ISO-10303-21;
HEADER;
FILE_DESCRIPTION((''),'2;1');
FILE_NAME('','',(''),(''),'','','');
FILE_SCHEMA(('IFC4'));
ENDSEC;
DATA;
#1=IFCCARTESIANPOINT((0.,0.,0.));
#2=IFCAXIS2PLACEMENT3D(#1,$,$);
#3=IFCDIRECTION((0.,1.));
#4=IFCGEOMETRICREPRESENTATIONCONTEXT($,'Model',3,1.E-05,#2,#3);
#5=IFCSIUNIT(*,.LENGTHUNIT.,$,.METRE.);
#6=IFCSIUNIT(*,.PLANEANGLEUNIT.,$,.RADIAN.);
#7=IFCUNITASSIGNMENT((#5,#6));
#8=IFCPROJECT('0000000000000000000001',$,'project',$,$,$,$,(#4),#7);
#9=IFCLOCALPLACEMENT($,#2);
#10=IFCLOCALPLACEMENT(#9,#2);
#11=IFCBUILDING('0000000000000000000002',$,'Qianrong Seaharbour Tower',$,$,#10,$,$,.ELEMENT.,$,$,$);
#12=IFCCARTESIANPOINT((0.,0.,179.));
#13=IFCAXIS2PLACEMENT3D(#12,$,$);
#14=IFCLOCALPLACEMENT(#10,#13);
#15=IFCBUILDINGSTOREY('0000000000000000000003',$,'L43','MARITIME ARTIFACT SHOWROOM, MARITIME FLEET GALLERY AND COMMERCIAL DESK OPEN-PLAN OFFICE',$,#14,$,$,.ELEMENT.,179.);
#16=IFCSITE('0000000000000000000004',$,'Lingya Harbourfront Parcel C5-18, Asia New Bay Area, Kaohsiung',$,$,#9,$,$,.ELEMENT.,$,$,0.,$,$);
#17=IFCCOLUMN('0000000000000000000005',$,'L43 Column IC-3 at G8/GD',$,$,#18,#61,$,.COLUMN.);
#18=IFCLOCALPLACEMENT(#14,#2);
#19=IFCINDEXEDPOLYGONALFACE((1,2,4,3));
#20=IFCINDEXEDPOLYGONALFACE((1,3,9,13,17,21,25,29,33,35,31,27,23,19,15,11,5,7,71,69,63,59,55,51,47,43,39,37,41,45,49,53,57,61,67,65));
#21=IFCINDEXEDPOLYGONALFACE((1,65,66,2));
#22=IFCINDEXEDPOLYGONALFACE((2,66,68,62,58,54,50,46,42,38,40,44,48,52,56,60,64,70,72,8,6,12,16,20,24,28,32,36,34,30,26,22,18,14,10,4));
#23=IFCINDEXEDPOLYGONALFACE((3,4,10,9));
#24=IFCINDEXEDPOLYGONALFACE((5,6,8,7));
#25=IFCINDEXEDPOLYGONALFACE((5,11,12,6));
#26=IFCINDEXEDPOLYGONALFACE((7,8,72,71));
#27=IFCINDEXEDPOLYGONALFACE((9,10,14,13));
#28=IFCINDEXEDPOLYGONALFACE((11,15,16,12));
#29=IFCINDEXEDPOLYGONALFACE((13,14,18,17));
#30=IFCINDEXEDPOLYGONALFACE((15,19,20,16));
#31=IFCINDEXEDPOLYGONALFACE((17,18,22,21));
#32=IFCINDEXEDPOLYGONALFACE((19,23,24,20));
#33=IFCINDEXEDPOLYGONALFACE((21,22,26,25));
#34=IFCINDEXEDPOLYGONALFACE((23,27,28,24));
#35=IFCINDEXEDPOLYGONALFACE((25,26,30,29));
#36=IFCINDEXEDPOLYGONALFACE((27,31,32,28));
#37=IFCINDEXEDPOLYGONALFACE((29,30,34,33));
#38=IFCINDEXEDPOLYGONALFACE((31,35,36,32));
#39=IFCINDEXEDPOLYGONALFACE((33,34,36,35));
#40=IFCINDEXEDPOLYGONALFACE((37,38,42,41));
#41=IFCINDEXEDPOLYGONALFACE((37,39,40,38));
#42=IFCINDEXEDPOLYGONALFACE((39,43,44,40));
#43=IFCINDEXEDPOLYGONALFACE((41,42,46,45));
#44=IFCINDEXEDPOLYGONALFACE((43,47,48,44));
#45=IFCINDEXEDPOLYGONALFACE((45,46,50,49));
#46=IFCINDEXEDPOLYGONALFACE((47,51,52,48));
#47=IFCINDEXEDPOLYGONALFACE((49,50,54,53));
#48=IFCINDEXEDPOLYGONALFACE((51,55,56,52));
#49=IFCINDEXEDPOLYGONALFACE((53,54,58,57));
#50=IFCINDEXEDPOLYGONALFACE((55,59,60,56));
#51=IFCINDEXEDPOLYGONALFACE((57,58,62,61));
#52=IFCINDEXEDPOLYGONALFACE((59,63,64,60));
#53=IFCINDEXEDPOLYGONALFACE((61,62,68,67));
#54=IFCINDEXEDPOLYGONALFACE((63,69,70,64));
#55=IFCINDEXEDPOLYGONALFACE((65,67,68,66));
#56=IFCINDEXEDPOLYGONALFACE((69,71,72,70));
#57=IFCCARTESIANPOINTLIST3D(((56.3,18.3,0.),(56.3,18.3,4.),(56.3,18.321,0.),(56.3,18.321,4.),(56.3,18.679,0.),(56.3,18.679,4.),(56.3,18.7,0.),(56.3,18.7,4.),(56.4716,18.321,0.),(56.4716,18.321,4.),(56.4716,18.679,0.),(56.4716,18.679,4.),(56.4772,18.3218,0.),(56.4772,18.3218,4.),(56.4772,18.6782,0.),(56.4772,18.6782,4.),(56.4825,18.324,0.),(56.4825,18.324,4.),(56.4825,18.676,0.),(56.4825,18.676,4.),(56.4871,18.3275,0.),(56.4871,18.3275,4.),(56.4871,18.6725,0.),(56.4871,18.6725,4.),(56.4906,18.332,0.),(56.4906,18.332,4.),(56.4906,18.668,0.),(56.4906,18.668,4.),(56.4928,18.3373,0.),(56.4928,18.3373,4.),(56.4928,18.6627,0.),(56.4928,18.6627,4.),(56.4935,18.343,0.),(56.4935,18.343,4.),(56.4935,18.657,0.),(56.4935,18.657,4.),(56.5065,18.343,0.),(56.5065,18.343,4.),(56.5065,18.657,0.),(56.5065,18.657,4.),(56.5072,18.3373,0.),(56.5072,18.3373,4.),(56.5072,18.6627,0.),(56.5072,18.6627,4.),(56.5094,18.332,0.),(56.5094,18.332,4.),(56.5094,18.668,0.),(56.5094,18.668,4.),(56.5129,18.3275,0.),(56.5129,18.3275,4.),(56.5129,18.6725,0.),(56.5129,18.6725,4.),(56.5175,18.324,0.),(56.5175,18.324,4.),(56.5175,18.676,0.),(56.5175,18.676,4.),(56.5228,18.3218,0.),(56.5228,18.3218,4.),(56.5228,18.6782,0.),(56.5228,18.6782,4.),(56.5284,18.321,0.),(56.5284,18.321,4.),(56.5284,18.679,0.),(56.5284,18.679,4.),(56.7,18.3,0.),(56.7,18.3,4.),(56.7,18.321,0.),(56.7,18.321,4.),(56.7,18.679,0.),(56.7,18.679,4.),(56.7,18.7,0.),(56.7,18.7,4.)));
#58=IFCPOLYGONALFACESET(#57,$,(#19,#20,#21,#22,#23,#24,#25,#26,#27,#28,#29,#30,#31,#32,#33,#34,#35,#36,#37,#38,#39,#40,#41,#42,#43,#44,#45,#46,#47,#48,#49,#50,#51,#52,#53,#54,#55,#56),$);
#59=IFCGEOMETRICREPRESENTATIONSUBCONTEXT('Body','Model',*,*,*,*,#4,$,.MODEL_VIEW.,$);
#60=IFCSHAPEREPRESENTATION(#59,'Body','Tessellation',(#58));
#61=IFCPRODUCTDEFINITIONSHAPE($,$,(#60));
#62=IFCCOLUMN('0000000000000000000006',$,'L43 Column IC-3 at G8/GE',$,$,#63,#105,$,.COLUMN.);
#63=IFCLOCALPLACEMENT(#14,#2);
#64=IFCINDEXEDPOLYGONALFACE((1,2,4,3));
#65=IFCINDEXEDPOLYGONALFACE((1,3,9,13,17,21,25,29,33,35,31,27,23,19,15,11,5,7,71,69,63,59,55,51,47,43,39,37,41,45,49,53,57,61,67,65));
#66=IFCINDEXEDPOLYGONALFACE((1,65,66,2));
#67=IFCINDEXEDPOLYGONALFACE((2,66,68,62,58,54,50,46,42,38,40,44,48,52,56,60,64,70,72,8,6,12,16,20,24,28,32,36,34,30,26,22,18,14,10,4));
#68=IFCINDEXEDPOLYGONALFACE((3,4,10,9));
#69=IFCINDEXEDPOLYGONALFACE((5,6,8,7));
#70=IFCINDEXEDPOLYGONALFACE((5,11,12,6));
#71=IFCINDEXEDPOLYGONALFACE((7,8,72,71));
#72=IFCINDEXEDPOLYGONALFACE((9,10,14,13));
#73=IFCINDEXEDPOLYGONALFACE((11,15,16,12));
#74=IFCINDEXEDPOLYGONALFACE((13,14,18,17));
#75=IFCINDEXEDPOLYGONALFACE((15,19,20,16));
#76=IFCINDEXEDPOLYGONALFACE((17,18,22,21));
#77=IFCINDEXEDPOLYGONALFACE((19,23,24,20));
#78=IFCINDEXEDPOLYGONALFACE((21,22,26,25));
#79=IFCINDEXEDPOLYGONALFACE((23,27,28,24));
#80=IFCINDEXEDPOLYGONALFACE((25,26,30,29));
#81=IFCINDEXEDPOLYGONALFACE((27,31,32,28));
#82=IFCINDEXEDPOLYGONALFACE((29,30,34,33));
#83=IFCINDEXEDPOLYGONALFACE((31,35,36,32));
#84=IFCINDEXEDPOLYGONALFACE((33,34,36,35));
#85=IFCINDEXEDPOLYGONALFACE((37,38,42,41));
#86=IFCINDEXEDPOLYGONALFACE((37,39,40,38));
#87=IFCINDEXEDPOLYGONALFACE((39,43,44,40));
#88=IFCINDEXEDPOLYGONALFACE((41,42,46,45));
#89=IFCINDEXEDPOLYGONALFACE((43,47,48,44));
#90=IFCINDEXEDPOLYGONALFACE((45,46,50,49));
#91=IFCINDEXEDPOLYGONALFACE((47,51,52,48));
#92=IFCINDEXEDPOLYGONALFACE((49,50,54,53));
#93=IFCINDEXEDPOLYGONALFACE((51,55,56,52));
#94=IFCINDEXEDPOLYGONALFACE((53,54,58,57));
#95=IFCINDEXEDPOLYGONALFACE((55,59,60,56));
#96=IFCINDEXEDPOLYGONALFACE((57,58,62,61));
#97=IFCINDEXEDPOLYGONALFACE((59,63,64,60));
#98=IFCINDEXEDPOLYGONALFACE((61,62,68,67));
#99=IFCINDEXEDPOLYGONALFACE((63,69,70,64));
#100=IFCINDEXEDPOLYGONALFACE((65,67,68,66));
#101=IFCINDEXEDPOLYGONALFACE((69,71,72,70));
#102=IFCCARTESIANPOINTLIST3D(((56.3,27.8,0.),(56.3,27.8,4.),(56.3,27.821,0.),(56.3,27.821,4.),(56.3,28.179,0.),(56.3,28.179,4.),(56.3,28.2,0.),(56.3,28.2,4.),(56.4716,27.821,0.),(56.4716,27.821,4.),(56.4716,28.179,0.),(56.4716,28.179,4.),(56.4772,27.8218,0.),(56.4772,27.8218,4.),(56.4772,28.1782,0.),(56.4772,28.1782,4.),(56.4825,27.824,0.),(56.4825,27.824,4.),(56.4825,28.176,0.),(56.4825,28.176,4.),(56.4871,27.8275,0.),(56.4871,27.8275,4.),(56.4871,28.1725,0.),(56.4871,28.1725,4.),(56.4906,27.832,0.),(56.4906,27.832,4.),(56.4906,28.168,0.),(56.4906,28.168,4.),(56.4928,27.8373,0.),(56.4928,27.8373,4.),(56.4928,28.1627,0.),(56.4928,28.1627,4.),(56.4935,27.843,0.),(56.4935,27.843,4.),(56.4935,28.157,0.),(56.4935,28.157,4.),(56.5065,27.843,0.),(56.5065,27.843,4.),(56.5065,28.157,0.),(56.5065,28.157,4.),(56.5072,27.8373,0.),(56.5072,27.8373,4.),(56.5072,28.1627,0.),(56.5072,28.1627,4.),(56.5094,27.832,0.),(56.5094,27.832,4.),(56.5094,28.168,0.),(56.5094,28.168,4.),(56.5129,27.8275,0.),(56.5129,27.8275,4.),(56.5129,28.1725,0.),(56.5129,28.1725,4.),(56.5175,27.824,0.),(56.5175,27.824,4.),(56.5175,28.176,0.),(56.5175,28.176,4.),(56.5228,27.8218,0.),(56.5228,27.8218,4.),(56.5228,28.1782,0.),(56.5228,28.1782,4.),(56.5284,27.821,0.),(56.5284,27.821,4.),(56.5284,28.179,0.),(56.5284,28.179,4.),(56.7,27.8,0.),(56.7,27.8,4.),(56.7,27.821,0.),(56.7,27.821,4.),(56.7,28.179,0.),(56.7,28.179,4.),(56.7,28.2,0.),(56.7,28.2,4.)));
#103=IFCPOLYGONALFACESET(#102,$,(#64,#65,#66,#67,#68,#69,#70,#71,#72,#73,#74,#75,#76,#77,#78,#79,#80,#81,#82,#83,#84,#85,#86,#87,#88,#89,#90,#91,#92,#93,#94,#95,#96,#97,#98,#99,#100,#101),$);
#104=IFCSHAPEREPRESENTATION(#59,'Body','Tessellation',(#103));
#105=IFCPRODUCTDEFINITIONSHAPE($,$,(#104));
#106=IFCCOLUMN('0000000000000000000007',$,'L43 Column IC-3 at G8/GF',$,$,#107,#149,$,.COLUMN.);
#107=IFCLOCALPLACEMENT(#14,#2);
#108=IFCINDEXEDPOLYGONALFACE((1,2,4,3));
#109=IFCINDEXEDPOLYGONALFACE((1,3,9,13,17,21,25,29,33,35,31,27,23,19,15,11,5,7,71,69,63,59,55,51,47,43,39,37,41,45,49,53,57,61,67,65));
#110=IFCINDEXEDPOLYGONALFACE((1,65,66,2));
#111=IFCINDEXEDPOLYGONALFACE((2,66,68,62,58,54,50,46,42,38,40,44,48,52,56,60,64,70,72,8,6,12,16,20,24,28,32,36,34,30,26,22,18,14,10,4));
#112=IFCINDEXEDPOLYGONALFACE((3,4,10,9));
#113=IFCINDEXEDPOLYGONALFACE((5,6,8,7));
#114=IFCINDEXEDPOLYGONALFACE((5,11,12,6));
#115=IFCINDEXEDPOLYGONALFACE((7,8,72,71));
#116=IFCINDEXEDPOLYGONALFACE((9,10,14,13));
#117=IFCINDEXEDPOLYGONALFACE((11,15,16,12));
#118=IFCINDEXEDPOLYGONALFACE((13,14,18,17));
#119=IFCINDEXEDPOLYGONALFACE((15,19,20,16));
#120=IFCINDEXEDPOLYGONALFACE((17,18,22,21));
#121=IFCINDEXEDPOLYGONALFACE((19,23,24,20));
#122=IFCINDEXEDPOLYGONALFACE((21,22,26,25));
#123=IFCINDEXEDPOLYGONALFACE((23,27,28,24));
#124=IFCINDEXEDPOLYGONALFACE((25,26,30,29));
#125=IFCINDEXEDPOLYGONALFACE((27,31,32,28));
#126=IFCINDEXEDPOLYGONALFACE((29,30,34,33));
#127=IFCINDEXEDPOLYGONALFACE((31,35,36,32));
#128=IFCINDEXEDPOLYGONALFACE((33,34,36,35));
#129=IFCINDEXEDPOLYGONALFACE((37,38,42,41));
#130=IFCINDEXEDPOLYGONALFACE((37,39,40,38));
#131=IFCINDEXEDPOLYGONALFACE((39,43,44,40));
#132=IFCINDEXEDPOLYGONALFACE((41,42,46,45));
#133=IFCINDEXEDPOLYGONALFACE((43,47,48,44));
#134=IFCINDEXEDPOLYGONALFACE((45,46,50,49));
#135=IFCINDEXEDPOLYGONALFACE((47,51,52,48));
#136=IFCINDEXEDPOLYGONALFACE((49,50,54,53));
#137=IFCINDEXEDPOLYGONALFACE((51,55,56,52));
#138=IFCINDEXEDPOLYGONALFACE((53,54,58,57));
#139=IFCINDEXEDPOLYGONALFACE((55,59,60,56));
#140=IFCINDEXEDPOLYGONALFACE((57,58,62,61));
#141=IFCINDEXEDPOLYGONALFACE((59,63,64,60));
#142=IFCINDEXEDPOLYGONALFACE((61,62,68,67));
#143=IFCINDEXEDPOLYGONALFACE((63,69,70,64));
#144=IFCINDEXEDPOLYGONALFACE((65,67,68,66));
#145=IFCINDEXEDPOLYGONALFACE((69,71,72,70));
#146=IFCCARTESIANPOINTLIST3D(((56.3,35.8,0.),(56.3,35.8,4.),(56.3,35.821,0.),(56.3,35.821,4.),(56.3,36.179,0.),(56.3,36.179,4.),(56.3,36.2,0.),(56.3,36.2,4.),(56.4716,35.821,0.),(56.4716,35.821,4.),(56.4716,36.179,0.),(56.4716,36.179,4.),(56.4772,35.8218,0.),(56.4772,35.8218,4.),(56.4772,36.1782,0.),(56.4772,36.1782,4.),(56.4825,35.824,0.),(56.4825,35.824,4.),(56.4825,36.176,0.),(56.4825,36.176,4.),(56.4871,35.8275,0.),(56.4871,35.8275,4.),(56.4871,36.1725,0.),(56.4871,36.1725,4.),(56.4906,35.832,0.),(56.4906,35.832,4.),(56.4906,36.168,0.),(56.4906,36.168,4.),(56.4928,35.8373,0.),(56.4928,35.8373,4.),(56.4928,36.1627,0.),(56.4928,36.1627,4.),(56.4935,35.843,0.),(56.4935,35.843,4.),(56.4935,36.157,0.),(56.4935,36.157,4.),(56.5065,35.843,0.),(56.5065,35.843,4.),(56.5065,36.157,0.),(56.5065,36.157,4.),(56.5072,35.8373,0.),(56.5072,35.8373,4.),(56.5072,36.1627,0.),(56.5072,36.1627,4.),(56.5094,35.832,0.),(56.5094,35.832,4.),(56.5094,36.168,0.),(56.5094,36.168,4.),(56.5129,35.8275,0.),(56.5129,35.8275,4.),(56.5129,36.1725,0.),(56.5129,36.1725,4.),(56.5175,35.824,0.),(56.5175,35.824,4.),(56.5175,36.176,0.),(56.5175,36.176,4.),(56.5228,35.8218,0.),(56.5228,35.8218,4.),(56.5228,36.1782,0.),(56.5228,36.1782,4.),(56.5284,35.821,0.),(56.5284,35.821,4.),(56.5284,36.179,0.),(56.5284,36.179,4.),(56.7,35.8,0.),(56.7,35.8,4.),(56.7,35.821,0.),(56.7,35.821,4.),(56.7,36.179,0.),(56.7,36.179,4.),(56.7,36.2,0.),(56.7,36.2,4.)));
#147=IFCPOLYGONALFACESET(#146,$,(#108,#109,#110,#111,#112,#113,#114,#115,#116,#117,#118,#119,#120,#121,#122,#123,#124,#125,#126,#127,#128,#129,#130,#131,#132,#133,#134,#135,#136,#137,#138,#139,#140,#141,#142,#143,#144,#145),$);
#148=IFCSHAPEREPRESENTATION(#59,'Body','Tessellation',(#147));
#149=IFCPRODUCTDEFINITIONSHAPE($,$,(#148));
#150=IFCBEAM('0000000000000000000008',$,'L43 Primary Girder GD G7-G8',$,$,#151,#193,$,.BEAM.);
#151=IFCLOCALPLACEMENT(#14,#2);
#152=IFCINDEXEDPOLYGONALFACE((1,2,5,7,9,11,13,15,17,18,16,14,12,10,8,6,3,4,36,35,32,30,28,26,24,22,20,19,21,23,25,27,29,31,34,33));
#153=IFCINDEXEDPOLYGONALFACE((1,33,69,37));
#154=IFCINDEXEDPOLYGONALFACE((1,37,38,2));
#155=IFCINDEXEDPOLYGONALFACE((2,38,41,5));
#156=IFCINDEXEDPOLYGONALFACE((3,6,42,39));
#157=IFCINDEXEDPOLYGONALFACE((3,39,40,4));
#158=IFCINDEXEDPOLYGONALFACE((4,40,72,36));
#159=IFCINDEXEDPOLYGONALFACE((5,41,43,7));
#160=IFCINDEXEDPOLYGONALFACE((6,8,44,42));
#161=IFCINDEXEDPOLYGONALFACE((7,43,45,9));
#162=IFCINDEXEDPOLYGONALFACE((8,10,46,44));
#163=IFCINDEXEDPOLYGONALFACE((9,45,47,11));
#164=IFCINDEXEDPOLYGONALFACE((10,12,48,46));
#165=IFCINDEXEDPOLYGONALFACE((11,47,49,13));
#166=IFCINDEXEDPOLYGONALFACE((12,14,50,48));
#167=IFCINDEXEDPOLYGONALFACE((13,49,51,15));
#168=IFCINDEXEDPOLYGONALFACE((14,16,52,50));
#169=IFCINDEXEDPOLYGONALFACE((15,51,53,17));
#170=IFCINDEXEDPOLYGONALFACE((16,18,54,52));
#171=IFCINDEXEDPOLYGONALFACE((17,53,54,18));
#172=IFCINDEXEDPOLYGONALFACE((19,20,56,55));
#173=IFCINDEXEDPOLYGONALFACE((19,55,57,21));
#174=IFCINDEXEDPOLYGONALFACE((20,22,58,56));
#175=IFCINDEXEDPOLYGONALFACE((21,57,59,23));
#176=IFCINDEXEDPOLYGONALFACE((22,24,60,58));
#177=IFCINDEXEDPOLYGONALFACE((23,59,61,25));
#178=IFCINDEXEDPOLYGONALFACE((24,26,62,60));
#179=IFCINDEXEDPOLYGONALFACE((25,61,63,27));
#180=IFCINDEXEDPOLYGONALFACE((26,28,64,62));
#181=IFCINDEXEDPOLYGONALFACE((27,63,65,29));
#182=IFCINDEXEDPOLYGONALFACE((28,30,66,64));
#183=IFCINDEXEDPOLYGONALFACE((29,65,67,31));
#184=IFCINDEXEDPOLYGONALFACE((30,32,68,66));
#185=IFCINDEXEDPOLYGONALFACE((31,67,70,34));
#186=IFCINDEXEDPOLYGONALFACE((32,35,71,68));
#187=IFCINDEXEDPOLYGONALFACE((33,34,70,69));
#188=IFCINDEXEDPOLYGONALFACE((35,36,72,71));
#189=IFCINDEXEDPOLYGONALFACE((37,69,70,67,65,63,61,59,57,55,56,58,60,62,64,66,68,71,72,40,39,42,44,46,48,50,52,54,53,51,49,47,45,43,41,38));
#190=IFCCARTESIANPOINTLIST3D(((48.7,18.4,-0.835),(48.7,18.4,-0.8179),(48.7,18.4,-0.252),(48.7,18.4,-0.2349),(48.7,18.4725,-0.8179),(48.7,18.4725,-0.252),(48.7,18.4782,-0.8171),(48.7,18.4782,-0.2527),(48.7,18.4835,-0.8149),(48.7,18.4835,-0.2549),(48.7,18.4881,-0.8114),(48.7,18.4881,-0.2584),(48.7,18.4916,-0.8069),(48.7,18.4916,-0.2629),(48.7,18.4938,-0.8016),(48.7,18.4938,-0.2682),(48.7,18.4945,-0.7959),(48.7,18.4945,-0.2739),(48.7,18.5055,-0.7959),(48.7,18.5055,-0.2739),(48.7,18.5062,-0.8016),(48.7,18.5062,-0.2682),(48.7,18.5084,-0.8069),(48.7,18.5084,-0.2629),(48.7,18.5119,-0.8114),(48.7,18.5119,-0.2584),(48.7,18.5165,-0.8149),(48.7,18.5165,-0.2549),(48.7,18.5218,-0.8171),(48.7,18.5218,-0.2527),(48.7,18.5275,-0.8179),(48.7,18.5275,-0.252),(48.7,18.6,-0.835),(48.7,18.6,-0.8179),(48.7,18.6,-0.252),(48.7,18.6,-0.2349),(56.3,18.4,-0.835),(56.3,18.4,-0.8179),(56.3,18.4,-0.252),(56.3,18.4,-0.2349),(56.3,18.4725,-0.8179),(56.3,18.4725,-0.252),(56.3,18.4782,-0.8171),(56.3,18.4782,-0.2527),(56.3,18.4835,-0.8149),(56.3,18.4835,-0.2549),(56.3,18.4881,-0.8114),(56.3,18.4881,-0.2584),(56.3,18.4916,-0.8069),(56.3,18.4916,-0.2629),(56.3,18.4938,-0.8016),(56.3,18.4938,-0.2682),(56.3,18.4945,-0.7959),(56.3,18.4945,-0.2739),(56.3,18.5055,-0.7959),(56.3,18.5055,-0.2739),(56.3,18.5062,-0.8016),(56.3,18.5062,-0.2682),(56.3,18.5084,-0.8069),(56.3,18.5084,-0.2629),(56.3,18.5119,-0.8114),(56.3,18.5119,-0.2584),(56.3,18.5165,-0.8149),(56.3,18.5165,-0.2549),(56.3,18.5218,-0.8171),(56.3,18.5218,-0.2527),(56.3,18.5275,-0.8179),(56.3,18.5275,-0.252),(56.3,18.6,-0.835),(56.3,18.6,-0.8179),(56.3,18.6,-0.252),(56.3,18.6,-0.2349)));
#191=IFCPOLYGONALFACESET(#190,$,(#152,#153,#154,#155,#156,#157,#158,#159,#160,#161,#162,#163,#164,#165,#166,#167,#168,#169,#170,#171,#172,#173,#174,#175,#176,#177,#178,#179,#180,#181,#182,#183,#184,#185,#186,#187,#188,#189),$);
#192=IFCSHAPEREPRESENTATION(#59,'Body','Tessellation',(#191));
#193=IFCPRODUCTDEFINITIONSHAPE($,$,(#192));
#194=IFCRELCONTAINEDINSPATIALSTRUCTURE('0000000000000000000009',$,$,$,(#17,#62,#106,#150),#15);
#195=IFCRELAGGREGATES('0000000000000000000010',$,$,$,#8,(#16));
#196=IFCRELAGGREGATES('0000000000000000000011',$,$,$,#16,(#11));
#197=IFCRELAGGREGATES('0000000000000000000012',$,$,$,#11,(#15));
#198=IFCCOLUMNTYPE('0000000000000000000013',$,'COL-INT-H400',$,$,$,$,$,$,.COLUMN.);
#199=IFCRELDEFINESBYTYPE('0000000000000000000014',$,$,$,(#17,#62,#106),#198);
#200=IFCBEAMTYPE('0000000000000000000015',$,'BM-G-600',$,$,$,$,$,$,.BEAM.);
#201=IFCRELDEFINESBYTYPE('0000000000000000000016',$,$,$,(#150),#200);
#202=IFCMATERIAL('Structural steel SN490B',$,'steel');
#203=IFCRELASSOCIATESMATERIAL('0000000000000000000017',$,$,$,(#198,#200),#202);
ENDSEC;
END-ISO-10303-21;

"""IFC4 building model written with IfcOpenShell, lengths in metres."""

from ifc_helpers import new_model, si_unit, direction, frame, origin, origin_2d, place, context, subcontext, project, spatial, i_section, extrude, material, material_profile, profile_set, type_object, element, save


model = new_model("IFC4")

# Units and contexts
model_context = context("Model", 3, precision=1e-05, world=origin(), true_north=direction((0.0, 1.0)))
body_context = subcontext(model_context, "Body", "Model", "MODEL_VIEW")
ifc_project = project(units=[si_unit("LENGTHUNIT", "METRE"), si_unit("PLANEANGLEUNIT", "RADIAN")], contexts=[model_context])

# Site, building, storey
site_placement = place(None, origin())
site = spatial("IfcSite", under=ifc_project, at=site_placement, Name="Lingya Harbourfront Parcel C5-18, Asia New Bay Area, Kaohsiung", CompositionType="ELEMENT", RefElevation=0.0)
building_placement = place(site_placement, origin())
building = spatial("IfcBuilding", under=site, at=building_placement, Name="Qianrong Seaharbour Tower", CompositionType="ELEMENT")
storey_placement = place(building_placement, frame((0.0, 0.0, 179.0)))
storey = spatial("IfcBuildingStorey", under=building, at=storey_placement, Name="L43", Description="MARITIME ARTIFACT SHOWROOM, MARITIME FLEET GALLERY AND COMMERCIAL DESK OPEN-PLAN OFFICE", CompositionType="ELEMENT", Elevation=179.0)

# Columns
ifc_material_1 = material(Name="Structural steel SN490B", Category="steel")
ifc_material_profile_1 = material_profile(ifc_material_1, i_section(OverallWidth=0.3999, OverallDepth=0.3999, WebThickness=0.0129, FlangeThickness=0.021, FilletRadius=0.022, at=origin_2d()), Name="H400x400x13x21")
ifc_profile_set_1 = profile_set([ifc_material_profile_1], Name="Structural steel SN490B")
column_type_1 = type_object("IfcColumnType", Name="COL-INT-H400", PredefinedType="COLUMN", material=ifc_profile_set_1)
for number, where, z_axis, x_axis, name in (
    (1, (56.5, 18.5, 0.0), (0.0, 0.0, 1.0), (1.0, 0.0, 0.0), "L43 Column IC-3 at G8/GD"),
    (2, (56.5, 28.0, 0.0), (0.0, 0.0, 1.0), (1.0, 0.0, 0.0), "L43 Column IC-3 at G8/GE"),
    (3, (56.5, 36.0, 0.0), (0.0, 0.0, 1.0), (1.0, 0.0, 0.0), "L43 Column IC-3 at G8/GF"),
):
    element("IfcColumn", number, at=place(storey_placement, frame(where, z_axis=z_axis, x_axis=x_axis)), inside=storey, type_object=column_type_1, Name=name, PredefinedType="COLUMN", context=body_context, shape_type="SweptSolid", body=[
        extrude(i_section(OverallWidth=0.3999, OverallDepth=0.3999, WebThickness=0.0129, FlangeThickness=0.021, FilletRadius=0.022, at=origin_2d()), origin(), (0.0, 0.0, 1.0), 4.0),
    ])

# Beam
ifc_material_profile_2 = material_profile(ifc_material_1, i_section(OverallWidth=0.2, OverallDepth=0.6001, WebThickness=0.011, FlangeThickness=0.0171, FilletRadius=0.022, at=origin_2d()), Name="H600x200x11x17")
ifc_profile_set_2 = profile_set([ifc_material_profile_2], Name="Structural steel SN490B")
beam_type_1 = type_object("IfcBeamType", Name="BM-G-600", PredefinedType="BEAM", material=ifc_profile_set_2)
beam_1_placement = place(storey_placement, frame((48.7, 18.5, -0.5349), z_axis=(1.0, 0.0, 0.0), x_axis=(0.0, 1.0, 0.0)))
element("IfcBeam", 4, at=beam_1_placement, inside=storey, type_object=beam_type_1, Name="L43 Primary Girder GD G7-G8", PredefinedType="BEAM", context=body_context, shape_type="SweptSolid", body=[
    extrude(i_section(OverallWidth=0.2, OverallDepth=0.6001, WebThickness=0.011, FlangeThickness=0.0171, FilletRadius=0.022, at=origin_2d()), origin(), (0.0, 0.0, 1.0), 7.6001),
])

save(model, "model.ifc")
